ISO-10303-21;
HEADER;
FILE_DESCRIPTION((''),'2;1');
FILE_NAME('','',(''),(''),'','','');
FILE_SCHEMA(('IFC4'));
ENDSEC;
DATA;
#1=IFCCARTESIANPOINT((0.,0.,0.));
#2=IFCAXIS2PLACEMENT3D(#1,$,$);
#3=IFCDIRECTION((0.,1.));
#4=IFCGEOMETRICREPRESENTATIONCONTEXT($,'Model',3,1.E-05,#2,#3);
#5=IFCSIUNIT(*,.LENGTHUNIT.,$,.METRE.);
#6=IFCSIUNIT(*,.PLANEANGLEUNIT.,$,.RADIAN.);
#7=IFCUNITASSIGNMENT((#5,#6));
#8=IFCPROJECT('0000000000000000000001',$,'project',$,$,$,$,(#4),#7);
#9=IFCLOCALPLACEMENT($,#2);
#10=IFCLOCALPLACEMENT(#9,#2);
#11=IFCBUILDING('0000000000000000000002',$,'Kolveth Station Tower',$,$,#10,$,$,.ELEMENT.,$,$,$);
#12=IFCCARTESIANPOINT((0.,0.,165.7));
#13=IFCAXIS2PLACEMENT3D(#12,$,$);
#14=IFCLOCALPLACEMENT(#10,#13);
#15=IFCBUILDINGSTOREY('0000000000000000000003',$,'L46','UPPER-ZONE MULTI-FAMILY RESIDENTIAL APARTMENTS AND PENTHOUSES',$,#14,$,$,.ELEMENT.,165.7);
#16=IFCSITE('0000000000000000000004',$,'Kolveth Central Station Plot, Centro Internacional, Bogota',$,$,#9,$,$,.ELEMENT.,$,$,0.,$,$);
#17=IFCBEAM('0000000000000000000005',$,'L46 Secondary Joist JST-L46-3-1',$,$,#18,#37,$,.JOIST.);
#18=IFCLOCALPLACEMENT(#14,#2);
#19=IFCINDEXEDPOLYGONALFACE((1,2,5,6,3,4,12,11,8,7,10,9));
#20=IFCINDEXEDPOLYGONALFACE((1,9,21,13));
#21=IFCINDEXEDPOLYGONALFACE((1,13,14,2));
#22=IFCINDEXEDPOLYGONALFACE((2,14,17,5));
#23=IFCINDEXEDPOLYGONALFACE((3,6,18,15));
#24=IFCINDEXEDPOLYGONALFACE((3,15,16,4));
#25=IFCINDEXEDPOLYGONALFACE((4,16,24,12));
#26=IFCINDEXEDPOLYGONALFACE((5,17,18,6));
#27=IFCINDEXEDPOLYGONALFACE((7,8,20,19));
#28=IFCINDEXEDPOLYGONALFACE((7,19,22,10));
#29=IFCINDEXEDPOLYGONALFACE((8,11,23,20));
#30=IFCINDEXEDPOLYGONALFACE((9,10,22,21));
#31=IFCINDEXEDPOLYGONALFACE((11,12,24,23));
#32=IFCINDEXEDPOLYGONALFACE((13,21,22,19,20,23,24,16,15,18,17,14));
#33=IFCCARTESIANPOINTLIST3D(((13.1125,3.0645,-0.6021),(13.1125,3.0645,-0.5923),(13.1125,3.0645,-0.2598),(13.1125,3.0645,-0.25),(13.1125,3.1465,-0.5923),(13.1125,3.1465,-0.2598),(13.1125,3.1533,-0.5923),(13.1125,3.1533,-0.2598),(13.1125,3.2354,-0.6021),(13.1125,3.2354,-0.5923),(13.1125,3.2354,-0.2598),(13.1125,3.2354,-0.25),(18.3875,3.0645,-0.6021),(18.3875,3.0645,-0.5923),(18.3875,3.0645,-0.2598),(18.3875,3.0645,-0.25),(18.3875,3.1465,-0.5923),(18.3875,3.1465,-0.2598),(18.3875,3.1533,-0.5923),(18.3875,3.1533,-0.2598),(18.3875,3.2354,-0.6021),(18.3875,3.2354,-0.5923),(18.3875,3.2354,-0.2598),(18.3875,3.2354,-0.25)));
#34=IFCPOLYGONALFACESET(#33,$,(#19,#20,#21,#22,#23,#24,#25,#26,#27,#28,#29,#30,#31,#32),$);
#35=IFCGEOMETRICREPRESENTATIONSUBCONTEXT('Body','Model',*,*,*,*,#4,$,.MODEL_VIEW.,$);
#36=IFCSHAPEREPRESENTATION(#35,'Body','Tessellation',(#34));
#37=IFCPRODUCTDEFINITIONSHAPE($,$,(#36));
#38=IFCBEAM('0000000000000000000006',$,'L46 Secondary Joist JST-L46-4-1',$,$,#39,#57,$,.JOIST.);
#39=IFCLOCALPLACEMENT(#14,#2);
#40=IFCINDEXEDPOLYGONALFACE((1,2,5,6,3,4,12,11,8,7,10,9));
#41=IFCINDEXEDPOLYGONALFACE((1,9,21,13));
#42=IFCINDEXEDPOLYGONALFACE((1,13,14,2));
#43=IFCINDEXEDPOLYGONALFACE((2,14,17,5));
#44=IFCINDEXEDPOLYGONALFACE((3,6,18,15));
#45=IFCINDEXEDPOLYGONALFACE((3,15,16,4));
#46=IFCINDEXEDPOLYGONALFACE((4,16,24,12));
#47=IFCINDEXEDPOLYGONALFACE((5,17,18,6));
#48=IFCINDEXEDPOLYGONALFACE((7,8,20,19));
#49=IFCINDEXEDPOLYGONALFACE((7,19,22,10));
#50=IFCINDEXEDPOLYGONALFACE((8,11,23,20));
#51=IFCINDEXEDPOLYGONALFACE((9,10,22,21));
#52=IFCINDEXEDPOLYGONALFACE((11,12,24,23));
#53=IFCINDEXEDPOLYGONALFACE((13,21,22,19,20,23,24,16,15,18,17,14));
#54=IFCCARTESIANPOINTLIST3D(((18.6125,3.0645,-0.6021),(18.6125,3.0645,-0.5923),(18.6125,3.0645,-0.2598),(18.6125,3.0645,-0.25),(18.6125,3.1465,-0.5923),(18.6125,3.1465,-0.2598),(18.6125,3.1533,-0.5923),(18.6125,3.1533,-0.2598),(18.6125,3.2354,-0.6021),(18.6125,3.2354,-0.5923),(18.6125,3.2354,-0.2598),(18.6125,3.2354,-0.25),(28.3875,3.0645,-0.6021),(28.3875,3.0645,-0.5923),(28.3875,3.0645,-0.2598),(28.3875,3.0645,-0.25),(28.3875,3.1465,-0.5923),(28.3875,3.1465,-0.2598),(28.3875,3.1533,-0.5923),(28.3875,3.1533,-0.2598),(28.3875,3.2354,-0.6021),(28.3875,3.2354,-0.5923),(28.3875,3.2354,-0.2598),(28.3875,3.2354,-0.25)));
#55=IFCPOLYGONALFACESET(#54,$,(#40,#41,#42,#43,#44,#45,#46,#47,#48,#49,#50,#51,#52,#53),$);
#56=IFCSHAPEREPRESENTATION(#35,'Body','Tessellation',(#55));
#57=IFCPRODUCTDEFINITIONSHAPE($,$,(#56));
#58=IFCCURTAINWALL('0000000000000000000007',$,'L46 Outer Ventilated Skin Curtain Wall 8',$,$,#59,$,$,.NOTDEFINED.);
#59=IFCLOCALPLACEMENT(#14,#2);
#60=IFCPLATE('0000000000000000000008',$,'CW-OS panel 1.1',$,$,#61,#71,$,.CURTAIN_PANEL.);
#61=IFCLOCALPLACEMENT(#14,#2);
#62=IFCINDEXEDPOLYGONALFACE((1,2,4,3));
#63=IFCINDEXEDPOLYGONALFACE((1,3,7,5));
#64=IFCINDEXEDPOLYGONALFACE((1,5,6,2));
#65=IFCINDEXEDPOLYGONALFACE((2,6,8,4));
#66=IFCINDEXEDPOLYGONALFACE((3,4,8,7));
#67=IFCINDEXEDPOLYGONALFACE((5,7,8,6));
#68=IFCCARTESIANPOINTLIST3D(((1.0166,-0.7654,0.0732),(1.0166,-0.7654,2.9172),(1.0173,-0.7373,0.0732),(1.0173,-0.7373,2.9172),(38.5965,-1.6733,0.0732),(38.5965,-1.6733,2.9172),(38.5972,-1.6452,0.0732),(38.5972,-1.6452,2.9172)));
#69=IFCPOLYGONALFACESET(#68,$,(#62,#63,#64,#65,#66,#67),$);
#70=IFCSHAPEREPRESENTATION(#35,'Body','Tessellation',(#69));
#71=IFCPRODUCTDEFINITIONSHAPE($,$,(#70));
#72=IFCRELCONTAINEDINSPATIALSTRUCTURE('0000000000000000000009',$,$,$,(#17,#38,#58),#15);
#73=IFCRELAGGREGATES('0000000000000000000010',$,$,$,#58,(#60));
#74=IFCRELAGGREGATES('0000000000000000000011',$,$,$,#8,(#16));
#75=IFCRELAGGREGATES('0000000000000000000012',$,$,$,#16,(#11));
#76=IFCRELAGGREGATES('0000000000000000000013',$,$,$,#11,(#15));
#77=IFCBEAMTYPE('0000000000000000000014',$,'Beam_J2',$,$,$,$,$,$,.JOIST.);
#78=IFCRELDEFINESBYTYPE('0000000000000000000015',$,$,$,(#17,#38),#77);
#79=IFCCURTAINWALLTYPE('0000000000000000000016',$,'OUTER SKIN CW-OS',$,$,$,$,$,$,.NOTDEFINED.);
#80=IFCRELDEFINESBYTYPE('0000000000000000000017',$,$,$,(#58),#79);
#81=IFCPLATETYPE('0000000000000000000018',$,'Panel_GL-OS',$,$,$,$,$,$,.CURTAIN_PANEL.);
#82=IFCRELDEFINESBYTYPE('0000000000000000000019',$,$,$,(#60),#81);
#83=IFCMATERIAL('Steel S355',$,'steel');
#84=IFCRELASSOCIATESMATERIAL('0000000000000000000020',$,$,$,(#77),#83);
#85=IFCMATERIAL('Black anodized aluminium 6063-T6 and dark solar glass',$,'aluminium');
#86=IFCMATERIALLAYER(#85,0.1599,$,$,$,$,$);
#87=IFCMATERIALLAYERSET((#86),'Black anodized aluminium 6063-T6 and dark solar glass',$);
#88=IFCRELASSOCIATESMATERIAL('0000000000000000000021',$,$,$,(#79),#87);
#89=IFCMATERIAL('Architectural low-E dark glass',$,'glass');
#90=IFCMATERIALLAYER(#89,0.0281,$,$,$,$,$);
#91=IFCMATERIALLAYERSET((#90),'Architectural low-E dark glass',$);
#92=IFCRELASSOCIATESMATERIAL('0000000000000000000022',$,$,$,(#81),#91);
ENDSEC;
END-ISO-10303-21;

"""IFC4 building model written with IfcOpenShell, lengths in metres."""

from ifc_helpers import new_model, si_unit, direction, frame, origin, origin_2d, place, context, subcontext, project, spatial, rectangle, i_section, extrude, source, transform, mapped, material, layer, layer_set, material_profile, profile_set, type_object, element, aggregate, save


model = new_model("IFC4")

# Units and contexts
model_context = context("Model", 3, precision=1e-05, world=origin(), true_north=direction((0.0, 1.0)))
body_context = subcontext(model_context, "Body", "Model", "MODEL_VIEW")
ifc_project = project(units=[si_unit("LENGTHUNIT", "METRE"), si_unit("PLANEANGLEUNIT", "RADIAN")], contexts=[model_context])

# Site, building, storey
site_placement = place(None, origin())
site = spatial("IfcSite", under=ifc_project, at=site_placement, Name="Kolveth Central Station Plot, Centro Internacional, Bogota", CompositionType="ELEMENT", RefElevation=0.0)
building_placement = place(site_placement, origin())
building = spatial("IfcBuilding", under=site, at=building_placement, Name="Kolveth Station Tower", CompositionType="ELEMENT")
storey_placement = place(building_placement, frame((0.0, 0.0, 165.7)))
storey = spatial("IfcBuildingStorey", under=building, at=storey_placement, Name="L46", Description="UPPER-ZONE MULTI-FAMILY RESIDENTIAL APARTMENTS AND PENTHOUSES", CompositionType="ELEMENT", Elevation=165.7)

# Shared definitions
ifc_material_1 = material(Name="Steel S355", Category="steel")

# Beams
ifc_material_profile_1 = material_profile(ifc_material_1, i_section(OverallWidth=0.1709, OverallDepth=0.3521, WebThickness=0.0068, FlangeThickness=0.0098, at=origin_2d()), Name="W360x44")
ifc_profile_set_1 = profile_set([ifc_material_profile_1], Name="Steel S355")
beam_type_1 = type_object("IfcBeamType", Name="Beam_J2", PredefinedType="JOIST", material=ifc_profile_set_1)
shared_shape_1 = source(origin(), body_context, "Body", "SweptSolid", [
    extrude(i_section(OverallWidth=0.1709, OverallDepth=0.3521, WebThickness=0.0068, FlangeThickness=0.0098, at=origin_2d()), origin(), (0.0, 0.0, 1.0), 5.2749),
])
beam_1_placement = place(storey_placement, frame((13.1125, 3.1499, -0.426), z_axis=(1.0, 0.0, 0.0), x_axis=(0.0, 1.0, 0.0)))
element("IfcBeam", 1, at=beam_1_placement, inside=storey, type_object=beam_type_1, Name="L46 Secondary Joist JST-L46-3-1", PredefinedType="JOIST", context=body_context, shape_type="MappedRepresentation", body=[
    mapped(shared_shape_1, transform((0.0, 0.0, 0.0), x_axis=(1.0, 0.0, 0.0), y_axis=(0.0, 1.0, 0.0), z_axis=(0.0, 0.0, 1.0), scale=1.0)),
])
shared_shape_2 = source(origin(), body_context, "Body", "SweptSolid", [
    extrude(i_section(OverallWidth=0.1709, OverallDepth=0.3521, WebThickness=0.0068, FlangeThickness=0.0098, at=origin_2d()), origin(), (0.0, 0.0, 1.0), 9.7749),
])
beam_2_placement = place(storey_placement, frame((18.6125, 3.1499, -0.426), z_axis=(1.0, 0.0, 0.0), x_axis=(0.0, 1.0, 0.0)))
element("IfcBeam", 2, at=beam_2_placement, inside=storey, type_object=beam_type_1, Name="L46 Secondary Joist JST-L46-4-1", PredefinedType="JOIST", context=body_context, shape_type="MappedRepresentation", body=[
    mapped(shared_shape_2, transform((0.0, 0.0, 0.0), x_axis=(1.0, 0.0, 0.0), y_axis=(0.0, 1.0, 0.0), z_axis=(0.0, 0.0, 1.0), scale=1.0)),
])

# Curtain wall, plate
ifc_material_2 = material(Name="Black anodized aluminium 6063-T6 and dark solar glass", Category="aluminium")
ifc_layer_1 = layer(ifc_material_2, 0.1599)
ifc_layer_set_1 = layer_set([ifc_layer_1], Name="Black anodized aluminium 6063-T6 and dark solar glass")
curtain_wall_type = type_object("IfcCurtainWallType", Name="OUTER SKIN CW-OS", PredefinedType="NOTDEFINED", material=ifc_layer_set_1)
curtain_wall_placement = place(storey_placement, origin())
curtain_wall = element("IfcCurtainWall", 3, at=curtain_wall_placement, inside=storey, type_object=curtain_wall_type, Name="L46 Outer Ventilated Skin Curtain Wall 8", PredefinedType="NOTDEFINED")
ifc_material_3 = material(Name="Architectural low-E dark glass", Category="glass")
ifc_layer_2 = layer(ifc_material_3, 0.0281)
ifc_layer_set_2 = layer_set([ifc_layer_2], Name="Architectural low-E dark glass")
plate_type = type_object("IfcPlateType", Name="Panel_GL-OS", PredefinedType="CURTAIN_PANEL", material=ifc_layer_set_2)
shared_shape_3 = source(origin(), body_context, "Body", "SweptSolid", [
    extrude(rectangle(XDim=37.5908, YDim=0.0281, at=origin_2d()), origin(), (0.0, 0.0, 1.0), 2.844),
])
plate_placement = place(storey_placement, frame((19.8069, -1.2053, 0.0732), z_axis=(0.0, 0.0, 1.0), x_axis=(0.999708, -0.024152, 0.0)))
plate = element("IfcPlate", 4, at=plate_placement, type_object=plate_type, Name="CW-OS panel 1.1", PredefinedType="CURTAIN_PANEL", context=body_context, shape_type="MappedRepresentation", body=[
    mapped(shared_shape_3, transform((0.0, 0.0, 0.0), x_axis=(1.0, 0.0, 0.0), y_axis=(0.0, 1.0, 0.0), z_axis=(0.0, 0.0, 1.0), scale=1.0)),
])
aggregate(curtain_wall, [plate])

save(model, "model.ifc")
